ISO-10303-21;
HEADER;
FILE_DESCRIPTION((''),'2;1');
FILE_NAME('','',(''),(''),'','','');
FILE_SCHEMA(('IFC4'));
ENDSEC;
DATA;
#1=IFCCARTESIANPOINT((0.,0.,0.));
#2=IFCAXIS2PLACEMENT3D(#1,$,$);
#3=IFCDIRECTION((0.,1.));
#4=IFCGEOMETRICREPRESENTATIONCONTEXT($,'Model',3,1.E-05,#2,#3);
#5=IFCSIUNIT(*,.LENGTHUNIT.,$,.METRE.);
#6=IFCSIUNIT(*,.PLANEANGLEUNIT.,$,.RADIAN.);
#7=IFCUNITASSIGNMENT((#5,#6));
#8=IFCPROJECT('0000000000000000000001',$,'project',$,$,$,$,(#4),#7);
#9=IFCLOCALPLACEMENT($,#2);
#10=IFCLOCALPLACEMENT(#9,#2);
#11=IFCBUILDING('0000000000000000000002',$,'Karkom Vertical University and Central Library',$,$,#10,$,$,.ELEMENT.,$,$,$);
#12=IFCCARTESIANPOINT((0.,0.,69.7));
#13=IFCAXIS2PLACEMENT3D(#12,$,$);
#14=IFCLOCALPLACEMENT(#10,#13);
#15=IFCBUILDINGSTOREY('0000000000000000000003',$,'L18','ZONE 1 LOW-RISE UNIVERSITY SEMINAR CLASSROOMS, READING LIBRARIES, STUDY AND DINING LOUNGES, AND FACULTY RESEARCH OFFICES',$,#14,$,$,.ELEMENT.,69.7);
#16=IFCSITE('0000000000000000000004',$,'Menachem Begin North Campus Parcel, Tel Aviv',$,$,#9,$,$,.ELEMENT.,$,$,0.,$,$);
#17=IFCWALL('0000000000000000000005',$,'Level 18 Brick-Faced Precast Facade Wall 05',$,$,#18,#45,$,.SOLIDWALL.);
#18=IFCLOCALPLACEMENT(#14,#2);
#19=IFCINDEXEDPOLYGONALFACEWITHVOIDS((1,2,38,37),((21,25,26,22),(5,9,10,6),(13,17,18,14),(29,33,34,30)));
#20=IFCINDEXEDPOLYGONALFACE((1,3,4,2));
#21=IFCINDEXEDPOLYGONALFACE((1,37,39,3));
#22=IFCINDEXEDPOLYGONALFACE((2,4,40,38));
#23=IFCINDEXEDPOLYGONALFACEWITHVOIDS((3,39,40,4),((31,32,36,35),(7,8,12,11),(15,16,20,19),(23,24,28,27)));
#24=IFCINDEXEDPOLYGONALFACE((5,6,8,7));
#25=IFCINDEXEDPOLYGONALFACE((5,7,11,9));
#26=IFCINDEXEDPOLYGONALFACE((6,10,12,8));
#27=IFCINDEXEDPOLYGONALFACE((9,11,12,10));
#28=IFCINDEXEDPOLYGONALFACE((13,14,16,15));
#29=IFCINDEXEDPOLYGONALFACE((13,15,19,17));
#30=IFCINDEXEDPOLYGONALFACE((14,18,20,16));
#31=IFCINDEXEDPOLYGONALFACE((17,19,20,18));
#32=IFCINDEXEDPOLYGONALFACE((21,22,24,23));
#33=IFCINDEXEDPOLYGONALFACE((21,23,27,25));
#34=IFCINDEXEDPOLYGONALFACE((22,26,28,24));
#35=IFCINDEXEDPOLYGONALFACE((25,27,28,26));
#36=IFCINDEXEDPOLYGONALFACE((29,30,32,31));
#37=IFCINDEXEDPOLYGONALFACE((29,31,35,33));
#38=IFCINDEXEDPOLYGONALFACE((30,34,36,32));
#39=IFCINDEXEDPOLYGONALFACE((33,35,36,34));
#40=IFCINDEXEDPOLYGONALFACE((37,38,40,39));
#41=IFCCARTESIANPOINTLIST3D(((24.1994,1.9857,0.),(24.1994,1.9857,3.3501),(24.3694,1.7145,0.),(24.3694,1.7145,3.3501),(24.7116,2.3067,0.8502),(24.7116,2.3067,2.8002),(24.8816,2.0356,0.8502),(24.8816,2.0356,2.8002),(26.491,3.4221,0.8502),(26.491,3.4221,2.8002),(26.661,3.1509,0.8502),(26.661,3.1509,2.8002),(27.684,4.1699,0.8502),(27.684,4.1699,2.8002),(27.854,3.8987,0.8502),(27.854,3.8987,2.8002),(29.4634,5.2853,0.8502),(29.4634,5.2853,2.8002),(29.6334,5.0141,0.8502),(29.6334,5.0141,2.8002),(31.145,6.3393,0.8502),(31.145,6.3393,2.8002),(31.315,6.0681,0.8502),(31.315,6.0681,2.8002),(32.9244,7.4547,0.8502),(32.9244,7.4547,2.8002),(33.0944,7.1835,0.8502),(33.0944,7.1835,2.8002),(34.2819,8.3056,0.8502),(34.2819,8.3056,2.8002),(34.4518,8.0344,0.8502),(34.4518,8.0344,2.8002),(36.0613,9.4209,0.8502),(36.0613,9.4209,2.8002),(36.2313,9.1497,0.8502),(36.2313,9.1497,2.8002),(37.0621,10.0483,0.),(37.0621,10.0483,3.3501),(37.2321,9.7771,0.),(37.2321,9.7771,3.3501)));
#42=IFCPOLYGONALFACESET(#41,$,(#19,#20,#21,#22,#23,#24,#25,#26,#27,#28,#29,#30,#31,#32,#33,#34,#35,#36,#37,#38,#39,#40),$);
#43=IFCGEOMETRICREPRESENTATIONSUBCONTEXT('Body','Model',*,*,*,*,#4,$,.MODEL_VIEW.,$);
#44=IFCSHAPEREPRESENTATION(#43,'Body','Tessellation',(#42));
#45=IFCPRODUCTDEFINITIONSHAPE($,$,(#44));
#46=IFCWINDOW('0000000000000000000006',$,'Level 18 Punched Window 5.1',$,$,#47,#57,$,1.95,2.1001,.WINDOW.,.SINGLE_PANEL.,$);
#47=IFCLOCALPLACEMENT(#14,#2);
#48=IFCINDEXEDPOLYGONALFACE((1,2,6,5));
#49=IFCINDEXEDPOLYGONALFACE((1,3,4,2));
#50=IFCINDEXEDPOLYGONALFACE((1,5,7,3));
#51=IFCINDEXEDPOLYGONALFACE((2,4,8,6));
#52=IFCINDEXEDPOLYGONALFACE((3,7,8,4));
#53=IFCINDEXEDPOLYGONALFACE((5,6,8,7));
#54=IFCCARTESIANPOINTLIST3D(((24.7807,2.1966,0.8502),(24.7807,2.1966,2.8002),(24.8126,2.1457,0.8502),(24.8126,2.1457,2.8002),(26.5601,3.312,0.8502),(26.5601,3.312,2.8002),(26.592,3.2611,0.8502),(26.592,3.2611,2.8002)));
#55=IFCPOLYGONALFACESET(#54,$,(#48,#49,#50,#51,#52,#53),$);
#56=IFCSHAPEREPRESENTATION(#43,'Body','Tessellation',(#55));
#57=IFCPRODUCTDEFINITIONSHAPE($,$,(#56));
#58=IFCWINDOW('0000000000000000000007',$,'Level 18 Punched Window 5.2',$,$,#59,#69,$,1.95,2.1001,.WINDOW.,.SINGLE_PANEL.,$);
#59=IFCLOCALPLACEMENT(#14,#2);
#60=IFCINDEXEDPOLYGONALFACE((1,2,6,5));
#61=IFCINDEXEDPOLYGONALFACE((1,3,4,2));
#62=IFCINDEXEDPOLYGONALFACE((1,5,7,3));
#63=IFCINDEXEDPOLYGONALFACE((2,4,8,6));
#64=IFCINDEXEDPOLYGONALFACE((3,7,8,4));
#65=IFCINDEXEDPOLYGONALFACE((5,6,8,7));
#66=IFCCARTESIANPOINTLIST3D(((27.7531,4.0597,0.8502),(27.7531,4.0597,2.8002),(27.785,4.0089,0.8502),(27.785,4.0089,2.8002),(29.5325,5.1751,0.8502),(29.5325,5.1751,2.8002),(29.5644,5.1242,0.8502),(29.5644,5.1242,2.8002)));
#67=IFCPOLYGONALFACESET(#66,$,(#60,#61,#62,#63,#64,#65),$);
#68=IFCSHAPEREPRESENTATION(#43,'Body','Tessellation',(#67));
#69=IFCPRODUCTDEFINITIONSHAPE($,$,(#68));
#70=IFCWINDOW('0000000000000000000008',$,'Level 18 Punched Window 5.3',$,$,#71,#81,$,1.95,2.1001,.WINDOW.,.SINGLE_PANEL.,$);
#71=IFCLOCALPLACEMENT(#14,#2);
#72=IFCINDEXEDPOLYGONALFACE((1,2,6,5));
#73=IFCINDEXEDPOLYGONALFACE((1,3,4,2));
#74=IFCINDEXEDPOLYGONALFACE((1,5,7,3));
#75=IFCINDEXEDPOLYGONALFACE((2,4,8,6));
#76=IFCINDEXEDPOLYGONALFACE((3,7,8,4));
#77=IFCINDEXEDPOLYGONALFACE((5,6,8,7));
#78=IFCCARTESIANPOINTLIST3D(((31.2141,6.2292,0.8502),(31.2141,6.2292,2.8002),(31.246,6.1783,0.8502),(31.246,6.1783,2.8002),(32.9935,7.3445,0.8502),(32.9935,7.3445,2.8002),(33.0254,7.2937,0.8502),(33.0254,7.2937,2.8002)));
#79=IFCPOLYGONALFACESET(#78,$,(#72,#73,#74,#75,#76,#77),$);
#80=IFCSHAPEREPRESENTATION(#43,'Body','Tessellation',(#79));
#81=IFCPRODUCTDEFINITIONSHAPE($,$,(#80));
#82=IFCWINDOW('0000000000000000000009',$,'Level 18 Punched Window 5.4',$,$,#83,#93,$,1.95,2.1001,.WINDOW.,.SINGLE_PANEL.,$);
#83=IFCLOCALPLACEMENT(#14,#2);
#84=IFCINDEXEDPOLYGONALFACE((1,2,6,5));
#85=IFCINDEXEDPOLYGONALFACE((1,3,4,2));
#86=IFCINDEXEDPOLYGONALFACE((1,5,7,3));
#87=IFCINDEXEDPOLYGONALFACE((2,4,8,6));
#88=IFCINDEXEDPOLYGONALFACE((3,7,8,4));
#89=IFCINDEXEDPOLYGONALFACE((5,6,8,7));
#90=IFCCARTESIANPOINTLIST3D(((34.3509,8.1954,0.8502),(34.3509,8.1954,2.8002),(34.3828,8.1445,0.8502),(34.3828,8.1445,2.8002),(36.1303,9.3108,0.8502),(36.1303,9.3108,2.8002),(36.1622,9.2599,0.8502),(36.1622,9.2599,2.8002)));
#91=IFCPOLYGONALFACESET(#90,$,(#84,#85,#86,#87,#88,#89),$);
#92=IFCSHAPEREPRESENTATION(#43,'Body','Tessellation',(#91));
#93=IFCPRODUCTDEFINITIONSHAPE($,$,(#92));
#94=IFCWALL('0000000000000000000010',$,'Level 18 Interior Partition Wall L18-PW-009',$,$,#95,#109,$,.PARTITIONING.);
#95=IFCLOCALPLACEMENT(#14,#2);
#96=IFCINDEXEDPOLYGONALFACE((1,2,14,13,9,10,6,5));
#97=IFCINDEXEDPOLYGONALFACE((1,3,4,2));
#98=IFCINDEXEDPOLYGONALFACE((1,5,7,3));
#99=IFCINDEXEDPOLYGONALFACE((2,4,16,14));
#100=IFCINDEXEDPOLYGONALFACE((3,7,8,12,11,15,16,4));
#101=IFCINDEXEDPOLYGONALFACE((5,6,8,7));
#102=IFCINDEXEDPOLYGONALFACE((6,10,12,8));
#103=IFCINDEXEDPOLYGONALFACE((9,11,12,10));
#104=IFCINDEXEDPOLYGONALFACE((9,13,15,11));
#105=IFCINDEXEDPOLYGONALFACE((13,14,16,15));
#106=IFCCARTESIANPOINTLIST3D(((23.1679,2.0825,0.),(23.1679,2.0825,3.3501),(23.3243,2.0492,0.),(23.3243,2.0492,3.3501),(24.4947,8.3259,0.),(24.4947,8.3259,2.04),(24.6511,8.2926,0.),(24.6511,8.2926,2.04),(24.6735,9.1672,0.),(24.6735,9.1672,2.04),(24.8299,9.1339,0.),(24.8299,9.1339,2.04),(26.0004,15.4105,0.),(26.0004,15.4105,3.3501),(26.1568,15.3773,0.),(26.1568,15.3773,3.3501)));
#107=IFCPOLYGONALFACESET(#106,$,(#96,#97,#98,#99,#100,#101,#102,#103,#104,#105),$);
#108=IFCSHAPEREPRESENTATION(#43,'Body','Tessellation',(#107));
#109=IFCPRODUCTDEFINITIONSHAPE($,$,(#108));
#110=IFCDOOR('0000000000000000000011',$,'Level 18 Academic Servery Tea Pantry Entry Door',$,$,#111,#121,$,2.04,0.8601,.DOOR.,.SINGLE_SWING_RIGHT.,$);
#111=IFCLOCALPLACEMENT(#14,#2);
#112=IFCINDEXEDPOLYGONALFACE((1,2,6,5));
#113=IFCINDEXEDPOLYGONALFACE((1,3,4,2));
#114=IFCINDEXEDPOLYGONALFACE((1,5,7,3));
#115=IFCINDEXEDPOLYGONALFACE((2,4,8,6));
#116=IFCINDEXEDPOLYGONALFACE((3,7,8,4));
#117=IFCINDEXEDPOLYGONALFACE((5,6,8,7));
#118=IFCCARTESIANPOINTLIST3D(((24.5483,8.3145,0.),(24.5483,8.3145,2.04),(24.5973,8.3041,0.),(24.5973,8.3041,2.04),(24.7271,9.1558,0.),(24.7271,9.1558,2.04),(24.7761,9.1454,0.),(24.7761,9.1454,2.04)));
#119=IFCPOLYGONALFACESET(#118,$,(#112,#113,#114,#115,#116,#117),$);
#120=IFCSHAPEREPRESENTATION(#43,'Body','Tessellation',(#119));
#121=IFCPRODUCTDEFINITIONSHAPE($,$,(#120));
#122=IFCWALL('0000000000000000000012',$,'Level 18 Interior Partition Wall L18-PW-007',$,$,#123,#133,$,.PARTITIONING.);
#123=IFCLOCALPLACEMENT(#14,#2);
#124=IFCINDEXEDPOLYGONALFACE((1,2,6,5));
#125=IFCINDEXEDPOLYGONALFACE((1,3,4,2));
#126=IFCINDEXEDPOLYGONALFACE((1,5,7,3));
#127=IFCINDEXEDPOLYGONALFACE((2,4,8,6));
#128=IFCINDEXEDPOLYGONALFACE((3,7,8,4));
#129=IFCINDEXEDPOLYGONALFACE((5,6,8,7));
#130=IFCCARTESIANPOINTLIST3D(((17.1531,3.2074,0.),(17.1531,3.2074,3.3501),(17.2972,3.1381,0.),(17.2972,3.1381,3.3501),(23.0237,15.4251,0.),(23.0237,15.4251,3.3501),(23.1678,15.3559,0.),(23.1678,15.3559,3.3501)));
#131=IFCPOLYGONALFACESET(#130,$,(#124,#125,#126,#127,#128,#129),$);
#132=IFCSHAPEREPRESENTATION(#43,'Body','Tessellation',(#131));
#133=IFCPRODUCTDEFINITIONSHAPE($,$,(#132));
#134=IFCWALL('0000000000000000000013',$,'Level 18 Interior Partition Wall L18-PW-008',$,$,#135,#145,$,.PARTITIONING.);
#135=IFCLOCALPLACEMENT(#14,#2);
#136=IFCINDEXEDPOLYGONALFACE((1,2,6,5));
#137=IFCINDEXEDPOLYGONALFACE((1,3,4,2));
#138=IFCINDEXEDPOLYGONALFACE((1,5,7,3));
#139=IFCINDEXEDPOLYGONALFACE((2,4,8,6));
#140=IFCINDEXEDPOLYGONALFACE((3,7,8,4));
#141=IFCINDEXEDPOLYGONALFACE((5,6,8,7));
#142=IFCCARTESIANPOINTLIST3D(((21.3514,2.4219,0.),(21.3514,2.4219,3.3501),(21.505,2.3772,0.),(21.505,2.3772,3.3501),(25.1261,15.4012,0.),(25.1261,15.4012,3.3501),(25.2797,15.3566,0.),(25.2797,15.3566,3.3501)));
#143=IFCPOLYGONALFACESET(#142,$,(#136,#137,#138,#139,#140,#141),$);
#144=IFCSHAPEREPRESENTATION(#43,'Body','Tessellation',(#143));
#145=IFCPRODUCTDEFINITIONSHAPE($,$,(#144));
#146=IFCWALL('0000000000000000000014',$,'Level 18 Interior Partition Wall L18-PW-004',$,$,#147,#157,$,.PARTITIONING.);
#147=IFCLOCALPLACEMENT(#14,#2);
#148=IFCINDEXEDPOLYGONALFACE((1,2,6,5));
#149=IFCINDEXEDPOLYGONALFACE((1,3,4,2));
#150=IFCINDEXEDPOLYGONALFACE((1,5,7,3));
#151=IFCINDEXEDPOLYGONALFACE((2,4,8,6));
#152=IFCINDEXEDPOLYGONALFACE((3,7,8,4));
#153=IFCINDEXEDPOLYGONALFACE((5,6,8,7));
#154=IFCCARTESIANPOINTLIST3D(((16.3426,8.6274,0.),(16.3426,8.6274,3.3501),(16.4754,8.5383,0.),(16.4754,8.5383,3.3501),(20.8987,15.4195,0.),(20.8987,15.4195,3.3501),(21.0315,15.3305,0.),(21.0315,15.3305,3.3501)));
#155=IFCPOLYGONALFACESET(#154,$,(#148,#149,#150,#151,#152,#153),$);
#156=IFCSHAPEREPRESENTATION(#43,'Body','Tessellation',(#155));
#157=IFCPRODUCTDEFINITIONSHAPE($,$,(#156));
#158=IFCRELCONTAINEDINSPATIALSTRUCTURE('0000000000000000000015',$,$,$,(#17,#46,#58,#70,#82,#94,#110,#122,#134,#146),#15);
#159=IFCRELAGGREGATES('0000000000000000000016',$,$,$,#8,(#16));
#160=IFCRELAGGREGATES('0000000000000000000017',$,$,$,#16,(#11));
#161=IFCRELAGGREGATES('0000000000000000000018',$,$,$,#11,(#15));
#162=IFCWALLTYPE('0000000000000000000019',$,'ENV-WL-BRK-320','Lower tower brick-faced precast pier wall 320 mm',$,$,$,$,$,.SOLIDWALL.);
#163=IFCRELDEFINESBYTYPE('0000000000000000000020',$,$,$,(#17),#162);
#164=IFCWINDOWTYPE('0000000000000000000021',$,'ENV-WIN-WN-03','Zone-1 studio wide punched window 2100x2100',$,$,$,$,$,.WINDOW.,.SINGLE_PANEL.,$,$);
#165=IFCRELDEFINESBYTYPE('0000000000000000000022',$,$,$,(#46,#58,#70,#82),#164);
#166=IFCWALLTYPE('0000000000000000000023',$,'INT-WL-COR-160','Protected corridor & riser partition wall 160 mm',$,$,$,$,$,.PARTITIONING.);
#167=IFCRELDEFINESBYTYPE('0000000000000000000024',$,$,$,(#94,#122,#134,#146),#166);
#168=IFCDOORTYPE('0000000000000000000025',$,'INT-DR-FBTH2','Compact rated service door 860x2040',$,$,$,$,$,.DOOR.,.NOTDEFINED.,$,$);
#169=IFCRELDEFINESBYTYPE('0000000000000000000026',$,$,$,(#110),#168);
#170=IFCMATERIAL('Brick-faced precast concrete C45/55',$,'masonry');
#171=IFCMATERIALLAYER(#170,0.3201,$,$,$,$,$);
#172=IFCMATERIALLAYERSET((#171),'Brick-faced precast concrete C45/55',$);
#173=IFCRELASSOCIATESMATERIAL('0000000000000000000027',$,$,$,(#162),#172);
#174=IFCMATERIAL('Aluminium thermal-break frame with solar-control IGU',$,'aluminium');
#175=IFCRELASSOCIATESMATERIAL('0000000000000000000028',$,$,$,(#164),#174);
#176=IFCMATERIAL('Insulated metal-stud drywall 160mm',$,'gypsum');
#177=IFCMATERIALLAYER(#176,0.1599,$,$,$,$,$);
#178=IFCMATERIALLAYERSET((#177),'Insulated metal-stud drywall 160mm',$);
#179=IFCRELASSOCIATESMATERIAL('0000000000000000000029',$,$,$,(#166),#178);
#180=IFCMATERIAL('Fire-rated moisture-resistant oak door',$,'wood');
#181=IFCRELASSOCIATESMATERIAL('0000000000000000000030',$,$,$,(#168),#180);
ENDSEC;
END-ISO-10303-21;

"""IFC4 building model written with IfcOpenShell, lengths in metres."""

from ifc_helpers import new_model, si_unit, direction, frame, frame_2d, origin, origin_with_axes, place, context, subcontext, project, spatial, rectangle, extrude, source, transform, mapped, material, layer, layer_set, type_object, element, fill, save


model = new_model("IFC4")

# Units and contexts
model_context = context("Model", 3, precision=1e-05, world=origin(), true_north=direction((0.0, 1.0)))
body_context = subcontext(model_context, "Body", "Model", "MODEL_VIEW")
ifc_project = project(units=[si_unit("LENGTHUNIT", "METRE"), si_unit("PLANEANGLEUNIT", "RADIAN")], contexts=[model_context])

# Site, building, storey
site_placement = place(None, origin())
site = spatial("IfcSite", under=ifc_project, at=site_placement, Name="Menachem Begin North Campus Parcel, Tel Aviv", CompositionType="ELEMENT", RefElevation=0.0)
building_placement = place(site_placement, origin())
building = spatial("IfcBuilding", under=site, at=building_placement, Name="Karkom Vertical University and Central Library", CompositionType="ELEMENT")
storey_placement = place(building_placement, frame((0.0, 0.0, 69.7)))
storey = spatial("IfcBuildingStorey", under=building, at=storey_placement, Name="L18", Description="ZONE 1 LOW-RISE UNIVERSITY SEMINAR CLASSROOMS, READING LIBRARIES, STUDY AND DINING LOUNGES, AND FACULTY RESEARCH OFFICES", CompositionType="ELEMENT", Elevation=69.7)

# Wall, openings, windows
ifc_material_1 = material(Name="Brick-faced precast concrete C45/55", Category="masonry")
ifc_layer_1 = layer(ifc_material_1, 0.3201)
ifc_layer_set_1 = layer_set([ifc_layer_1], Name="Brick-faced precast concrete C45/55")
wall_type_1 = type_object("IfcWallType", Name="ENV-WL-BRK-320", Description="Lower tower brick-faced precast pier wall 320 mm", PredefinedType="SOLIDWALL", material=ifc_layer_set_1)
wall_1_placement = place(storey_placement, frame((24.2844, 1.8501, 0.0), z_axis=(0.0, 0.0, 1.0), x_axis=(0.847305, 0.531107, 0.0)))
wall_1 = element("IfcWall", 1, at=wall_1_placement, inside=storey, type_object=wall_type_1, Name="Level 18 Brick-Faced Precast Facade Wall 05", PredefinedType="SOLIDWALL", context=body_context, shape_type="SweptSolid", body=[
    extrude(rectangle(XDim=15.1807, YDim=0.3201, at=frame_2d((7.5903, 0.0))), origin(), (0.0, 0.0, 1.0), 3.3501),
])
opening_1_placement = place(wall_1_placement, frame((0.6045, 0.0, 0.8501)))
opening_1 = element("IfcOpeningElement", 2, at=opening_1_placement, cuts=wall_1, PredefinedType="OPENING", context=body_context, shape_type="SweptSolid", body=[
    extrude(rectangle(XDim=2.1001, YDim=1.95, at=frame_2d((1.05, 0.9751))), frame((0.0, 0.1699, 0.0), z_axis=(0.0, -1.0, 0.0), x_axis=(1.0, 0.0, 0.0)), (0.0, 0.0, 1.0), 0.3401),
])
opening_2_placement = place(wall_1_placement, frame((4.1125, 0.0, 0.8501)))
opening_2 = element("IfcOpeningElement", 3, at=opening_2_placement, cuts=wall_1, PredefinedType="OPENING", context=body_context, shape_type="SweptSolid", body=[
    extrude(rectangle(XDim=2.1001, YDim=1.95, at=frame_2d((1.05, 0.9751))), frame((0.0, 0.1699, 0.0), z_axis=(0.0, -1.0, 0.0), x_axis=(1.0, 0.0, 0.0)), (0.0, 0.0, 1.0), 0.3401),
])
opening_3_placement = place(wall_1_placement, frame((8.1973, 0.0, 0.8501)))
opening_3 = element("IfcOpeningElement", 4, at=opening_3_placement, cuts=wall_1, PredefinedType="OPENING", context=body_context, shape_type="SweptSolid", body=[
    extrude(rectangle(XDim=2.1001, YDim=1.95, at=frame_2d((1.05, 0.9751))), frame((0.0, 0.1699, 0.0), z_axis=(0.0, -1.0, 0.0), x_axis=(1.0, 0.0, 0.0)), (0.0, 0.0, 1.0), 0.3401),
])
opening_4_placement = place(wall_1_placement, frame((11.8994, 0.0, 0.8501)))
opening_4 = element("IfcOpeningElement", 5, at=opening_4_placement, cuts=wall_1, PredefinedType="OPENING", context=body_context, shape_type="SweptSolid", body=[
    extrude(rectangle(XDim=2.1001, YDim=1.95, at=frame_2d((1.05, 0.9751))), frame((0.0, 0.1699, 0.0), z_axis=(0.0, -1.0, 0.0), x_axis=(1.0, 0.0, 0.0)), (0.0, 0.0, 1.0), 0.3401),
])
ifc_material_2 = material(Name="Aluminium thermal-break frame with solar-control IGU", Category="aluminium")
window_type = type_object("IfcWindowType", Name="ENV-WIN-WN-03", Description="Zone-1 studio wide punched window 2100x2100", PartitioningType="SINGLE_PANEL", PredefinedType="WINDOW", material=ifc_material_2)
shared_shape_1 = source(origin_with_axes(), body_context, "Body", "SweptSolid", [
    extrude(rectangle(XDim=2.1001, YDim=1.95, at=frame_2d((1.05, 0.9751))), frame((0.0, 0.03, 0.0), z_axis=(0.0, -1.0, 0.0), x_axis=(1.0, 0.0, 0.0)), (0.0, 0.0, 1.0), 0.0601),
])
window_1_placement = place(opening_1_placement, origin())
window_1 = element("IfcWindow", 6, at=window_1_placement, inside=storey, type_object=window_type, Name="Level 18 Punched Window 5.1", OverallHeight=1.95, OverallWidth=2.1001, PartitioningType="SINGLE_PANEL", PredefinedType="WINDOW", context=body_context, shape_type="MappedRepresentation", body=[
    mapped(shared_shape_1, transform((0.0, 0.0, 0.0), scale=1.0)),
])
fill(opening_1, window_1)
window_2_placement = place(opening_2_placement, origin())
window_2 = element("IfcWindow", 7, at=window_2_placement, inside=storey, type_object=window_type, Name="Level 18 Punched Window 5.2", OverallHeight=1.95, OverallWidth=2.1001, PartitioningType="SINGLE_PANEL", PredefinedType="WINDOW", context=body_context, shape_type="MappedRepresentation", body=[
    mapped(shared_shape_1, transform((0.0, 0.0, 0.0), scale=1.0)),
])
fill(opening_2, window_2)
window_3_placement = place(opening_3_placement, origin())
window_3 = element("IfcWindow", 8, at=window_3_placement, inside=storey, type_object=window_type, Name="Level 18 Punched Window 5.3", OverallHeight=1.95, OverallWidth=2.1001, PartitioningType="SINGLE_PANEL", PredefinedType="WINDOW", context=body_context, shape_type="MappedRepresentation", body=[
    mapped(shared_shape_1, transform((0.0, 0.0, 0.0), scale=1.0)),
])
fill(opening_3, window_3)
window_4_placement = place(opening_4_placement, origin())
window_4 = element("IfcWindow", 9, at=window_4_placement, inside=storey, type_object=window_type, Name="Level 18 Punched Window 5.4", OverallHeight=1.95, OverallWidth=2.1001, PartitioningType="SINGLE_PANEL", PredefinedType="WINDOW", context=body_context, shape_type="MappedRepresentation", body=[
    mapped(shared_shape_1, transform((0.0, 0.0, 0.0), scale=1.0)),
])
fill(opening_4, window_4)

# Wall, opening, door
ifc_material_3 = material(Name="Insulated metal-stud drywall 160mm", Category="gypsum")
ifc_layer_2 = layer(ifc_material_3, 0.1599)
ifc_layer_set_2 = layer_set([ifc_layer_2], Name="Insulated metal-stud drywall 160mm")
wall_type_2 = type_object("IfcWallType", Name="INT-WL-COR-160", Description="Protected corridor & riser partition wall 160 mm", PredefinedType="PARTITIONING", material=ifc_layer_set_2)
wall_2_placement = place(storey_placement, frame((26.0786, 15.394, 0.0), z_axis=(0.0, 0.0, 1.0), x_axis=(-0.207879, -0.978154, 0.0)))
wall_2 = element("IfcWall", 10, at=wall_2_placement, inside=storey, type_object=wall_type_2, Name="Level 18 Interior Partition Wall L18-PW-009", PredefinedType="PARTITIONING", context=body_context, shape_type="SweptSolid", body=[
    extrude(rectangle(XDim=13.6257, YDim=0.1599, at=frame_2d((6.813, 0.0))), origin(), (0.0, 0.0, 1.0), 3.3501),
])
opening_5_placement = place(wall_2_placement, frame((6.3828, 0.0, 0.0)))
opening_5 = element("IfcOpeningElement", 11, at=opening_5_placement, cuts=wall_2, PredefinedType="OPENING", context=body_context, shape_type="SweptSolid", body=[
    extrude(rectangle(XDim=0.8601, YDim=2.04, at=frame_2d((0.4302, 1.02))), frame((0.0, 0.0898, 0.0), z_axis=(0.0, -1.0, 0.0), x_axis=(1.0, 0.0, 0.0)), (0.0, 0.0, 1.0), 0.1799),
])
ifc_material_4 = material(Name="Fire-rated moisture-resistant oak door", Category="wood")
door_type_1 = type_object("IfcDoorType", Name="INT-DR-FBTH2", Description="Compact rated service door 860x2040", OperationType="NOTDEFINED", PredefinedType="DOOR", material=ifc_material_4)
shared_shape_2 = source(origin_with_axes(), body_context, "Body", "SweptSolid", [
    extrude(rectangle(XDim=0.8601, YDim=2.04, at=frame_2d((0.4302, 1.02))), frame((0.0, 0.0249, 0.0), z_axis=(0.0, -1.0, 0.0), x_axis=(1.0, 0.0, 0.0)), (0.0, 0.0, 1.0), 0.05),
])
door_1_placement = place(opening_5_placement, origin())
door_1 = element("IfcDoor", 12, at=door_1_placement, inside=storey, type_object=door_type_1, Name="Level 18 Academic Servery Tea Pantry Entry Door", OperationType="SINGLE_SWING_RIGHT", OverallHeight=2.04, OverallWidth=0.8601, PredefinedType="DOOR", context=body_context, shape_type="MappedRepresentation", body=[
    mapped(shared_shape_2, transform((0.0, 0.0, 0.0), scale=1.0)),
])
fill(opening_5, door_1)

# Walls
wall_3_placement = place(storey_placement, frame((23.0957, 15.3904, 0.0), z_axis=(0.0, 0.0, 1.0), x_axis=(-0.433095, -0.901348, 0.0)))
element("IfcWall", 13, at=wall_3_placement, inside=storey, type_object=wall_type_2, Name="Level 18 Interior Partition Wall L18-PW-007", PredefinedType="PARTITIONING", context=body_context, shape_type="SweptSolid", body=[
    extrude(rectangle(XDim=13.5549, YDim=0.1599, at=frame_2d((6.7773, 0.0))), origin(), (0.0, 0.0, 1.0), 3.3501),
])
wall_4_placement = place(storey_placement, frame((25.2029, 15.3789, 0.0), z_axis=(0.0, 0.0, 1.0), x_axis=(-0.279253, -0.960218, 0.0)))
element("IfcWall", 14, at=wall_4_placement, inside=storey, type_object=wall_type_2, Name="Level 18 Interior Partition Wall L18-PW-008", PredefinedType="PARTITIONING", context=body_context, shape_type="SweptSolid", body=[
    extrude(rectangle(XDim=13.5171, YDim=0.1599, at=frame_2d((6.7585, 0.0))), origin(), (0.0, 0.0, 1.0), 3.3501),
])
wall_5_placement = place(storey_placement, frame((20.9651, 15.375, 0.0), z_axis=(0.0, 0.0, 1.0), x_axis=(-0.557068, -0.830467, 0.0)))
element("IfcWall", 15, at=wall_5_placement, inside=storey, type_object=wall_type_2, Name="Level 18 Interior Partition Wall L18-PW-004", PredefinedType="PARTITIONING", context=body_context, shape_type="SweptSolid", body=[
    extrude(rectangle(XDim=8.1787, YDim=0.1599, at=frame_2d((4.0894, 0.0))), origin(), (0.0, 0.0, 1.0), 3.3501),
])

save(model, "model.ifc")
